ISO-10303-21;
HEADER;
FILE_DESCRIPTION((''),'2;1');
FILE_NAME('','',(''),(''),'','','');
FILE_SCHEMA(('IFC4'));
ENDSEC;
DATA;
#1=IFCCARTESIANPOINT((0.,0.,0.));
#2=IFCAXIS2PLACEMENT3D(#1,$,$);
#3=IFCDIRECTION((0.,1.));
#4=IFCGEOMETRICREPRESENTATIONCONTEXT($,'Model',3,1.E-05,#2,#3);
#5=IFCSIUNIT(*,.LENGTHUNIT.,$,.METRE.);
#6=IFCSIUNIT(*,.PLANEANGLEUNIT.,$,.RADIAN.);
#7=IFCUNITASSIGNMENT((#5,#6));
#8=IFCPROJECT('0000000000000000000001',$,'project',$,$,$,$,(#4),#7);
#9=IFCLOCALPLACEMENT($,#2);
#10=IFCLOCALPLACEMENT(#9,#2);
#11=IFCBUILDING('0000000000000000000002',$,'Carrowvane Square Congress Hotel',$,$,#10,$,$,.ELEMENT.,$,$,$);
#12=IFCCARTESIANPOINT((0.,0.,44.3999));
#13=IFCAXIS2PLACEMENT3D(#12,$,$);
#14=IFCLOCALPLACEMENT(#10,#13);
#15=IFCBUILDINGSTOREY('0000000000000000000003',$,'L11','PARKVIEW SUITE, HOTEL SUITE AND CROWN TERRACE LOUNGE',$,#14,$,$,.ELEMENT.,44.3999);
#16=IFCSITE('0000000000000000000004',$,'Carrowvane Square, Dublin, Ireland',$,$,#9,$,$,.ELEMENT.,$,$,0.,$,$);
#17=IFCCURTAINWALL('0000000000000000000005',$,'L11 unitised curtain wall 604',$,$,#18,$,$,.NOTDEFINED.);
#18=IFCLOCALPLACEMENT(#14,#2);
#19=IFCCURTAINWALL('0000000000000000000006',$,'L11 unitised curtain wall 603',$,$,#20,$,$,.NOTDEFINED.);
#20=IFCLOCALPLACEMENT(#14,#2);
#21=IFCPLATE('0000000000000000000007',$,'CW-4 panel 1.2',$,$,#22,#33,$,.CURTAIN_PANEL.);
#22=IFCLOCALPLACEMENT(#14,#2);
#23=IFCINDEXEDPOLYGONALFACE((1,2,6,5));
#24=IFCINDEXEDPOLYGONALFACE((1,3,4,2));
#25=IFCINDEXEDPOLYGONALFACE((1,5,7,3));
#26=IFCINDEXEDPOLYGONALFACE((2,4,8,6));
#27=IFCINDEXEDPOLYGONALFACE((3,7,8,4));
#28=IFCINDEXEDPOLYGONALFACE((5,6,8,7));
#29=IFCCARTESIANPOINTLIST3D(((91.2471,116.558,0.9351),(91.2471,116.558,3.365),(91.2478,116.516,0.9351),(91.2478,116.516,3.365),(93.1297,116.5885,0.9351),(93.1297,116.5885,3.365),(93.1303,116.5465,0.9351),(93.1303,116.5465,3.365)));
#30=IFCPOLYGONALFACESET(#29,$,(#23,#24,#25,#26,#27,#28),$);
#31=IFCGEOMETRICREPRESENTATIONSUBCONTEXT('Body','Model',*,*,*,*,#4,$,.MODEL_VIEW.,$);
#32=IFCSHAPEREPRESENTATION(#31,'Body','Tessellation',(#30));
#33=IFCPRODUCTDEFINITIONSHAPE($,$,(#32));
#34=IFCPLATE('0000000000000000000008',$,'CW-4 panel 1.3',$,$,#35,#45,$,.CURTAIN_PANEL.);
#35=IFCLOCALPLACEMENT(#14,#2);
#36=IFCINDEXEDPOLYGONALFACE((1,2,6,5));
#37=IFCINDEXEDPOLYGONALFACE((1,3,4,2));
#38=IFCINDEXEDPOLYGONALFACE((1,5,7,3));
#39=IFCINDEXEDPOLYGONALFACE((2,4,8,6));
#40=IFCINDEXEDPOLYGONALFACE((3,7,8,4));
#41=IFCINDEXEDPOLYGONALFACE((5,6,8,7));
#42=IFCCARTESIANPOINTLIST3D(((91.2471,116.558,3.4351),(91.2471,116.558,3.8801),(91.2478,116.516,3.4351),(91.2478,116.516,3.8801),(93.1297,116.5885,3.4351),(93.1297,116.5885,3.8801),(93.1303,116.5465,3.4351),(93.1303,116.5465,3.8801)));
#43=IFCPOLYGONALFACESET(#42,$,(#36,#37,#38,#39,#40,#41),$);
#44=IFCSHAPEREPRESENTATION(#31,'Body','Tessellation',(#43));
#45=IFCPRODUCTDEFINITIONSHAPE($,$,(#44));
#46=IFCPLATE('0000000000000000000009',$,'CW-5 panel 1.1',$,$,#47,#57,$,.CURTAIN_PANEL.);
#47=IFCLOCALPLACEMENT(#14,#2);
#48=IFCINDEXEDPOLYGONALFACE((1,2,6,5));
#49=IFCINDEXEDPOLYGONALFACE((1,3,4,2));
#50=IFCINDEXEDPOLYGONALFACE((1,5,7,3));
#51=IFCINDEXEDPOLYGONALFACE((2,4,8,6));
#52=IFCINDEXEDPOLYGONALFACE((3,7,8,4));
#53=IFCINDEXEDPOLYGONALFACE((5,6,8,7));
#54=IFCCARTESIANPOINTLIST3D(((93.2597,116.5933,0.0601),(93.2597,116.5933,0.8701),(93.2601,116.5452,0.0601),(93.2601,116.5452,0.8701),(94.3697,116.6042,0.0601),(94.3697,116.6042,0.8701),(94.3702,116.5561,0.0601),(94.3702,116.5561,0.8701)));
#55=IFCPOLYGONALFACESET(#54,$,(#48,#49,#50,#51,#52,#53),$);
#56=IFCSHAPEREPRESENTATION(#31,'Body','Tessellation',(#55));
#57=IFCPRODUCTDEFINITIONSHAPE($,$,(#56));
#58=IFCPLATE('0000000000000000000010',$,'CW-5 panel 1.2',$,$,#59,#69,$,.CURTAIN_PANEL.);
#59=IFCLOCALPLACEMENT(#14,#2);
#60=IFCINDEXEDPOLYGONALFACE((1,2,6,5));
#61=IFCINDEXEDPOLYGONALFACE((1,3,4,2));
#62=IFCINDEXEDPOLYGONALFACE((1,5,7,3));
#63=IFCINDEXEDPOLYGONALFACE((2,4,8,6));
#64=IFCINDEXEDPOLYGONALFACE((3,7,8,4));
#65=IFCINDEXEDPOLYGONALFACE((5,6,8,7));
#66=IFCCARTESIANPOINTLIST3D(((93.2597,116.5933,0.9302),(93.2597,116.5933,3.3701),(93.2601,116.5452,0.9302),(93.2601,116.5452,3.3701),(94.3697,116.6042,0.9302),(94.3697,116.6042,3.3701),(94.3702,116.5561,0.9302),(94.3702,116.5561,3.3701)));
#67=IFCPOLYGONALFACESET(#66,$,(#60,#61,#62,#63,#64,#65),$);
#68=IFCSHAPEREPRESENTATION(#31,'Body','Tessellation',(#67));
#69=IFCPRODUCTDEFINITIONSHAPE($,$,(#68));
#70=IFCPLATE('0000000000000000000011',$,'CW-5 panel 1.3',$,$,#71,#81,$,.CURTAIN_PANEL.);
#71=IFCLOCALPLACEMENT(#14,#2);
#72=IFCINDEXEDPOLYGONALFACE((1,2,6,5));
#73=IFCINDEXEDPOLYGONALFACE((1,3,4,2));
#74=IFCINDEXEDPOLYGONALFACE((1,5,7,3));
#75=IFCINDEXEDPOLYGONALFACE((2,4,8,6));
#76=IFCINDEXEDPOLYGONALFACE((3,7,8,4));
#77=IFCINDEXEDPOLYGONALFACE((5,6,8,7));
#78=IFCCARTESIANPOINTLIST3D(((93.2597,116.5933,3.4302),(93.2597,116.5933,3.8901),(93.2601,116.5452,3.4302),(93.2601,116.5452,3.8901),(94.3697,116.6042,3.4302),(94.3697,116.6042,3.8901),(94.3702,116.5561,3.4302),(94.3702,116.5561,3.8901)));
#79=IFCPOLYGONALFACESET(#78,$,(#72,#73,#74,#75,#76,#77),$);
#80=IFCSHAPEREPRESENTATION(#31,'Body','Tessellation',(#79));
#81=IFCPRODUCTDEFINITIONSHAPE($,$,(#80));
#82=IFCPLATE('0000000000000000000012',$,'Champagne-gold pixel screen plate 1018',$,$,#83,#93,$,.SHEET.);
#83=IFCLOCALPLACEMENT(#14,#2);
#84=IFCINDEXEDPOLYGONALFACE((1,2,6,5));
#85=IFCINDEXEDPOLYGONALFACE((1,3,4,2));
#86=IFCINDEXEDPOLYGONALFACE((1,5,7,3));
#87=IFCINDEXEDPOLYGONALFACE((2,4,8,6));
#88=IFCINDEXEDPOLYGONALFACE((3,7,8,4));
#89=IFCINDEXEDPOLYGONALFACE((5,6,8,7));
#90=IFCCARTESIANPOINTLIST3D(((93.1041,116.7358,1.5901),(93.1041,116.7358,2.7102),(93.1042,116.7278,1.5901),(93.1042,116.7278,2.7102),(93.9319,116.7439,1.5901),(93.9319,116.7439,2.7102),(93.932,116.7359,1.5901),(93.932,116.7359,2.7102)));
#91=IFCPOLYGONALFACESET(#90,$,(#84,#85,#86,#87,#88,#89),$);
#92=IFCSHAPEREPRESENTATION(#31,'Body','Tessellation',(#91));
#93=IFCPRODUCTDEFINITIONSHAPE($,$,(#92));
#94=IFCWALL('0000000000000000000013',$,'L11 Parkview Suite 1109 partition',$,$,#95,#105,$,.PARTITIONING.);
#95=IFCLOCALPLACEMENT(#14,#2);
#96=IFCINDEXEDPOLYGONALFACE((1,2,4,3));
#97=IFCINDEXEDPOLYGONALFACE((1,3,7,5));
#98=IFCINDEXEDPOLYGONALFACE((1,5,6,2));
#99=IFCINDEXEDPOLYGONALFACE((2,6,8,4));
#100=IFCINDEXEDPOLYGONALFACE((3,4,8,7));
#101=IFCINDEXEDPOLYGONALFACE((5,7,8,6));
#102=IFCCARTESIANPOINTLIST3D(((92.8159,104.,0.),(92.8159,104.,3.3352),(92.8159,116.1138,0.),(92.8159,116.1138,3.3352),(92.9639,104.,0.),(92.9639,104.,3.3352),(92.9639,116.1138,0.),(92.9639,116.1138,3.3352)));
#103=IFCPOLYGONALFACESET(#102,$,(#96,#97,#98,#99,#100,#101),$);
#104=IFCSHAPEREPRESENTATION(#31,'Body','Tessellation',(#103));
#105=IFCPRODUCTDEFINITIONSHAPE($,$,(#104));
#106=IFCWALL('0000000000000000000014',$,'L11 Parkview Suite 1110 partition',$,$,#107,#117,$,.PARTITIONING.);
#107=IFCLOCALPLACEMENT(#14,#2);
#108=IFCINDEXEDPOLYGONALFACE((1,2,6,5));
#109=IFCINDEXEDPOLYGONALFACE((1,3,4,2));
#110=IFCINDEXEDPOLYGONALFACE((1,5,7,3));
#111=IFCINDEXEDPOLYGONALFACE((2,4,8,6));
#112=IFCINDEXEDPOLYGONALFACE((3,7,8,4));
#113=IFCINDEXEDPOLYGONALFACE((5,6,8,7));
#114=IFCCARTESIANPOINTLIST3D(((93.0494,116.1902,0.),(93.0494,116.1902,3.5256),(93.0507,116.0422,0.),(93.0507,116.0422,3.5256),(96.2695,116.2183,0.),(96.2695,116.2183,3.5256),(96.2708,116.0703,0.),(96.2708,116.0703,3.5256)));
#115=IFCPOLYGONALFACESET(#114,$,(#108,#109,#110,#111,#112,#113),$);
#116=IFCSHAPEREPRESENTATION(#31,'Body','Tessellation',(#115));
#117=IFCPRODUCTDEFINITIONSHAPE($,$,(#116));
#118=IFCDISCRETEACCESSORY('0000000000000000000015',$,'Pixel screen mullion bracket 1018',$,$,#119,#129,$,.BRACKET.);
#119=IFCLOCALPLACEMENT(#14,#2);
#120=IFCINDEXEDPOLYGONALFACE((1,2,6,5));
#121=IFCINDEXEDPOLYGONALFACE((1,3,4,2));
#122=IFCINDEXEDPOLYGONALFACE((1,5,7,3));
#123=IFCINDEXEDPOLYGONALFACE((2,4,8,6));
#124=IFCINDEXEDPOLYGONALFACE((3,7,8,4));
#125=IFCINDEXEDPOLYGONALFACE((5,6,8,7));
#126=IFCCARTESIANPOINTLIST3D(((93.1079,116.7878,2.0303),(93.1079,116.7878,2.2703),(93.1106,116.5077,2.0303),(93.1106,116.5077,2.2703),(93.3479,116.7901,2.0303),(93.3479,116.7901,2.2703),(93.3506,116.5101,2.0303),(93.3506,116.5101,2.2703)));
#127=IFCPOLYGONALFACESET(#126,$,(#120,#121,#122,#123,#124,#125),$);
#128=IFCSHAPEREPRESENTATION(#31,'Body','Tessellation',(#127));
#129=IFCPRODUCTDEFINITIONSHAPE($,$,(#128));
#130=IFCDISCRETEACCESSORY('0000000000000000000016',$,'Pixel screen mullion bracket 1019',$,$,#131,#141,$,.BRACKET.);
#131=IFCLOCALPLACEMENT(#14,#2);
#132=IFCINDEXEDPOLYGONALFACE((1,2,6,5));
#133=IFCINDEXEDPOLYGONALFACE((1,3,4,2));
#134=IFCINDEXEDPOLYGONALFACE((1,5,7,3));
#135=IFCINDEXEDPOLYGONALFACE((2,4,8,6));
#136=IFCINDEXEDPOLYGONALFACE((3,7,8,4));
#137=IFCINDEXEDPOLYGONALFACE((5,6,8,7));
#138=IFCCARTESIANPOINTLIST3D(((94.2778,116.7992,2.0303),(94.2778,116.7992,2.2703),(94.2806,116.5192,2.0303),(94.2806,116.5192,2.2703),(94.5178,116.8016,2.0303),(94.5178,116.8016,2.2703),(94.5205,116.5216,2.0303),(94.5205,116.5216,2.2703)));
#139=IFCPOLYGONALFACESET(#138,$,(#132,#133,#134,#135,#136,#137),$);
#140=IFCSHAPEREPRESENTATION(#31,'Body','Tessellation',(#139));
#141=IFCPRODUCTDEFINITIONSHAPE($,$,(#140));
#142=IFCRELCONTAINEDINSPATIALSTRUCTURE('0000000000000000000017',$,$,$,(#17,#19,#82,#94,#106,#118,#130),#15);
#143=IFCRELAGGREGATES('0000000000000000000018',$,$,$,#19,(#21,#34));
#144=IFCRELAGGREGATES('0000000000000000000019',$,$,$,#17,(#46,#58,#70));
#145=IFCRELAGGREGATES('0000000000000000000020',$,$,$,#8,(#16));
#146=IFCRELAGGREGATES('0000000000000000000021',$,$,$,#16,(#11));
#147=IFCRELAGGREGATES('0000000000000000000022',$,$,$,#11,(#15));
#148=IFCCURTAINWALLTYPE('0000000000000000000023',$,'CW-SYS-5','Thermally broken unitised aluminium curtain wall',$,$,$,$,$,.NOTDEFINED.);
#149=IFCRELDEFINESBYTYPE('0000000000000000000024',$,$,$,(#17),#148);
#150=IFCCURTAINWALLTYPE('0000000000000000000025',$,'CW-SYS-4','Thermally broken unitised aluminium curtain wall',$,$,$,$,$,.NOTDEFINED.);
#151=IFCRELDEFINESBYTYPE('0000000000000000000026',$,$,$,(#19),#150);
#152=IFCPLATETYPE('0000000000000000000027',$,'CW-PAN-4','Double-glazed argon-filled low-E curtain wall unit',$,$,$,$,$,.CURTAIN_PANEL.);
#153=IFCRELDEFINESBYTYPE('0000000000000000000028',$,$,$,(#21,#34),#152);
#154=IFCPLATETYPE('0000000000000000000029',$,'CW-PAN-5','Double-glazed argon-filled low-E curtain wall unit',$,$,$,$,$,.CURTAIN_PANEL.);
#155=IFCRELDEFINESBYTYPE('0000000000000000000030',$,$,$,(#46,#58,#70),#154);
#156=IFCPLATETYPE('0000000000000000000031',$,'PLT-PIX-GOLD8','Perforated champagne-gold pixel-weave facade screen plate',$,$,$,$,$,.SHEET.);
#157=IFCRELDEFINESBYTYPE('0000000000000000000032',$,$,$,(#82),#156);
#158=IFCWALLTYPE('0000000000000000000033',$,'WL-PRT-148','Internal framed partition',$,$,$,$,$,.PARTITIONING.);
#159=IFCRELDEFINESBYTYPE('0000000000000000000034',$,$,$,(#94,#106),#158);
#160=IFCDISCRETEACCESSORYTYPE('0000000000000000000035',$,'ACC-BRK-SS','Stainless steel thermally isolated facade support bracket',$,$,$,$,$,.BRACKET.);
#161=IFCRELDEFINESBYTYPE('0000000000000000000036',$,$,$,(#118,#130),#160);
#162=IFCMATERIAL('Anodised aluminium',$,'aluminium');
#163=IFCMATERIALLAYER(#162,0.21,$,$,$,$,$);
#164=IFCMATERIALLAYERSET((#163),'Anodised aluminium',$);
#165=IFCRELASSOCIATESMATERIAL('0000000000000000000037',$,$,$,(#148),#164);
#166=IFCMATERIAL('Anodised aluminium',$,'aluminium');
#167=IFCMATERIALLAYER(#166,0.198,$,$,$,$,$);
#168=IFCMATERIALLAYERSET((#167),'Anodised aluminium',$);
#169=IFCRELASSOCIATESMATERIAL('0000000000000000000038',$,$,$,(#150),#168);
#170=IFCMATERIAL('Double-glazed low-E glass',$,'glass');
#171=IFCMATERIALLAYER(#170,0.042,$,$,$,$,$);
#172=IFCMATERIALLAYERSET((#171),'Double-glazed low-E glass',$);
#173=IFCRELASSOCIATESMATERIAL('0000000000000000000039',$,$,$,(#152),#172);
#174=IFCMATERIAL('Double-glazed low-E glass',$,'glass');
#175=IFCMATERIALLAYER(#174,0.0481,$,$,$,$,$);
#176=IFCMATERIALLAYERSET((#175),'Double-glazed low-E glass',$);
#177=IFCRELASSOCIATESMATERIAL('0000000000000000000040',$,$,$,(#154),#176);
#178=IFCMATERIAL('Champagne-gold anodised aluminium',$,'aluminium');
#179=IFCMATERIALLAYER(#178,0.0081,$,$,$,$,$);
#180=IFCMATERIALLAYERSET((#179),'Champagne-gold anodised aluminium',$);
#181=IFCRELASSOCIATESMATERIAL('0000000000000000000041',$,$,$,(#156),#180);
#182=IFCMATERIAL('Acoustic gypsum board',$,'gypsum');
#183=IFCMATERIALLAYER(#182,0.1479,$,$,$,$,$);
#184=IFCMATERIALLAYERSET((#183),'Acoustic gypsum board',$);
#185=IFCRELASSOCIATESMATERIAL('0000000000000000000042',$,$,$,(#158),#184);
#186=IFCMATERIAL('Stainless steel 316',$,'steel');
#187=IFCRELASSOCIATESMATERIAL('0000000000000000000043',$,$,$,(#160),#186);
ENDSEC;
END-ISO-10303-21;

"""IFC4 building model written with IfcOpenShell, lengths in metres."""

from ifc_helpers import new_model, si_unit, direction, frame, frame_2d, origin, origin_2d, place, context, subcontext, project, spatial, rectangle, extrude, material, layer, layer_set, type_object, element, aggregate, save


model = new_model("IFC4")

# Units and contexts
model_context = context("Model", 3, precision=1e-05, world=origin(), true_north=direction((0.0, 1.0)))
body_context = subcontext(model_context, "Body", "Model", "MODEL_VIEW")
ifc_project = project(units=[si_unit("LENGTHUNIT", "METRE"), si_unit("PLANEANGLEUNIT", "RADIAN")], contexts=[model_context])

# Site, building, storey
site_placement = place(None, origin())
site = spatial("IfcSite", under=ifc_project, at=site_placement, Name="Carrowvane Square, Dublin, Ireland", CompositionType="ELEMENT", RefElevation=0.0)
building_placement = place(site_placement, origin())
building = spatial("IfcBuilding", under=site, at=building_placement, Name="Carrowvane Square Congress Hotel", CompositionType="ELEMENT")
storey_placement = place(building_placement, frame((0.0, 0.0, 44.3999)))
storey = spatial("IfcBuildingStorey", under=building, at=storey_placement, Name="L11", Description="PARKVIEW SUITE, HOTEL SUITE AND CROWN TERRACE LOUNGE", CompositionType="ELEMENT", Elevation=44.3999)

# Curtain wall
ifc_material_1 = material(Name="Anodised aluminium", Category="aluminium")
ifc_layer_1 = layer(ifc_material_1, 0.21)
ifc_layer_set_1 = layer_set([ifc_layer_1], Name="Anodised aluminium")
curtain_wall_type_1 = type_object("IfcCurtainWallType", Name="CW-SYS-5", Description="Thermally broken unitised aluminium curtain wall", PredefinedType="NOTDEFINED", material=ifc_layer_set_1)
curtain_wall_1_placement = place(storey_placement, origin())
curtain_wall_1 = element("IfcCurtainWall", 1, at=curtain_wall_1_placement, inside=storey, type_object=curtain_wall_type_1, Name="L11 unitised curtain wall 604", PredefinedType="NOTDEFINED")

# Curtain wall
ifc_material_2 = material(Name="Anodised aluminium", Category="aluminium")
ifc_layer_2 = layer(ifc_material_2, 0.198)
ifc_layer_set_2 = layer_set([ifc_layer_2], Name="Anodised aluminium")
curtain_wall_type_2 = type_object("IfcCurtainWallType", Name="CW-SYS-4", Description="Thermally broken unitised aluminium curtain wall", PredefinedType="NOTDEFINED", material=ifc_layer_set_2)
curtain_wall_2_placement = place(storey_placement, origin())
curtain_wall_2 = element("IfcCurtainWall", 2, at=curtain_wall_2_placement, inside=storey, type_object=curtain_wall_type_2, Name="L11 unitised curtain wall 603", PredefinedType="NOTDEFINED")

# Plates
ifc_material_3 = material(Name="Double-glazed low-E glass", Category="glass")
ifc_layer_3 = layer(ifc_material_3, 0.042)
ifc_layer_set_3 = layer_set([ifc_layer_3], Name="Double-glazed low-E glass")
plate_type_1 = type_object("IfcPlateType", Name="CW-PAN-4", Description="Double-glazed argon-filled low-E curtain wall unit", PredefinedType="CURTAIN_PANEL", material=ifc_layer_set_3)
plate_1_placement = place(storey_placement, frame((92.1887, 116.5522, 0.9351), z_axis=(0.0, 0.0, 1.0), x_axis=(0.999869, 0.016216, 0.0)))
plate_1 = element("IfcPlate", 3, at=plate_1_placement, type_object=plate_type_1, Name="CW-4 panel 1.2", PredefinedType="CURTAIN_PANEL", context=body_context, shape_type="SweptSolid", body=[
    extrude(rectangle(XDim=1.8828, YDim=0.042, at=origin_2d()), origin(), (0.0, 0.0, 1.0), 2.4299),
])
plate_2_placement = place(storey_placement, frame((92.1887, 116.5522, 3.4351), z_axis=(0.0, 0.0, 1.0), x_axis=(0.999869, 0.016216, 0.0)))
plate_2 = element("IfcPlate", 4, at=plate_2_placement, type_object=plate_type_1, Name="CW-4 panel 1.3", PredefinedType="CURTAIN_PANEL", context=body_context, shape_type="SweptSolid", body=[
    extrude(rectangle(XDim=1.8828, YDim=0.042, at=origin_2d()), origin(), (0.0, 0.0, 1.0), 0.4451),
])
aggregate(curtain_wall_2, [plate_1, plate_2])
ifc_material_4 = material(Name="Double-glazed low-E glass", Category="glass")
ifc_layer_4 = layer(ifc_material_4, 0.0481)
ifc_layer_set_4 = layer_set([ifc_layer_4], Name="Double-glazed low-E glass")
plate_type_2 = type_object("IfcPlateType", Name="CW-PAN-5", Description="Double-glazed argon-filled low-E curtain wall unit", PredefinedType="CURTAIN_PANEL", material=ifc_layer_set_4)
plate_3_placement = place(storey_placement, frame((93.8149, 116.5747, 0.0601), z_axis=(0.0, 0.0, 1.0), x_axis=(0.999952, 0.009783, 0.0)))
plate_3 = element("IfcPlate", 5, at=plate_3_placement, type_object=plate_type_2, Name="CW-5 panel 1.1", PredefinedType="CURTAIN_PANEL", context=body_context, shape_type="SweptSolid", body=[
    extrude(rectangle(XDim=1.1101, YDim=0.0481, at=origin_2d()), origin(), (0.0, 0.0, 1.0), 0.8101),
])
plate_4_placement = place(storey_placement, frame((93.8149, 116.5747, 0.9302), z_axis=(0.0, 0.0, 1.0), x_axis=(0.999952, 0.009783, 0.0)))
plate_4 = element("IfcPlate", 6, at=plate_4_placement, type_object=plate_type_2, Name="CW-5 panel 1.2", PredefinedType="CURTAIN_PANEL", context=body_context, shape_type="SweptSolid", body=[
    extrude(rectangle(XDim=1.1101, YDim=0.0481, at=origin_2d()), origin(), (0.0, 0.0, 1.0), 2.4399),
])
plate_5_placement = place(storey_placement, frame((93.8149, 116.5747, 3.4302), z_axis=(0.0, 0.0, 1.0), x_axis=(0.999952, 0.009783, 0.0)))
plate_5 = element("IfcPlate", 7, at=plate_5_placement, type_object=plate_type_2, Name="CW-5 panel 1.3", PredefinedType="CURTAIN_PANEL", context=body_context, shape_type="SweptSolid", body=[
    extrude(rectangle(XDim=1.1101, YDim=0.0481, at=origin_2d()), origin(), (0.0, 0.0, 1.0), 0.46),
])
aggregate(curtain_wall_1, [plate_3, plate_4, plate_5])
ifc_material_5 = material(Name="Champagne-gold anodised aluminium", Category="aluminium")
ifc_layer_5 = layer(ifc_material_5, 0.0081)
ifc_layer_set_5 = layer_set([ifc_layer_5], Name="Champagne-gold anodised aluminium")
plate_type_3 = type_object("IfcPlateType", Name="PLT-PIX-GOLD8", Description="Perforated champagne-gold pixel-weave facade screen plate", PredefinedType="SHEET", material=ifc_layer_set_5)
plate_6_placement = place(storey_placement, frame((93.5181, 116.7358, 1.5901), z_axis=(0.0, 0.0, 1.0), x_axis=(0.999952, 0.009782, 0.0)))
element("IfcPlate", 8, at=plate_6_placement, inside=storey, type_object=plate_type_3, Name="Champagne-gold pixel screen plate 1018", PredefinedType="SHEET", context=body_context, shape_type="SweptSolid", body=[
    extrude(rectangle(XDim=0.8279, YDim=0.0081, at=origin_2d()), origin(), (0.0, 0.0, 1.0), 1.1201),
])

# Walls
ifc_material_6 = material(Name="Acoustic gypsum board", Category="gypsum")
ifc_layer_6 = layer(ifc_material_6, 0.1479)
ifc_layer_set_6 = layer_set([ifc_layer_6], Name="Acoustic gypsum board")
wall_type = type_object("IfcWallType", Name="WL-PRT-148", Description="Internal framed partition", PredefinedType="PARTITIONING", material=ifc_layer_set_6)
wall_1_placement = place(storey_placement, frame((92.8899, 116.1138, 0.0), z_axis=(0.0, 0.0, 1.0), x_axis=(0.0, -1.0, 0.0)))
element("IfcWall", 9, at=wall_1_placement, inside=storey, type_object=wall_type, Name="L11 Parkview Suite 1109 partition", PredefinedType="PARTITIONING", context=body_context, shape_type="SweptSolid", body=[
    extrude(rectangle(XDim=12.1138, YDim=0.1479, at=frame_2d((6.0569, 0.0))), origin(), (0.0, 0.0, 1.0), 3.3352),
])
wall_2_placement = place(storey_placement, frame((93.05, 116.1162, 0.0), z_axis=(0.0, 0.0, 1.0), x_axis=(0.999962, 0.008719, 0.0)))
element("IfcWall", 10, at=wall_2_placement, inside=storey, type_object=wall_type, Name="L11 Parkview Suite 1110 partition", PredefinedType="PARTITIONING", context=body_context, shape_type="SweptSolid", body=[
    extrude(rectangle(XDim=3.2202, YDim=0.1479, at=frame_2d((1.6101, 0.0))), origin(), (0.0, 0.0, 1.0), 3.5256),
])

# Discrete accessories
ifc_material_7 = material(Name="Stainless steel 316", Category="steel")
discrete_accessory_type = type_object("IfcDiscreteAccessoryType", Name="ACC-BRK-SS", Description="Stainless steel thermally isolated facade support bracket", PredefinedType="BRACKET", material=ifc_material_7)
for number, where, z_axis, x_axis, name in (
    (11, (93.2292, 116.6489, 2.0303), (0.0, 0.0, 1.0), (0.999952, 0.009782, 0.0), "Pixel screen mullion bracket 1018"),
    (12, (94.3992, 116.6604, 2.0303), (0.0, 0.0, 1.0), (0.999952, 0.009782, 0.0), "Pixel screen mullion bracket 1019"),
):
    element("IfcDiscreteAccessory", number, at=place(storey_placement, frame(where, z_axis=z_axis, x_axis=x_axis)), inside=storey, type_object=discrete_accessory_type, Name=name, PredefinedType="BRACKET", context=body_context, shape_type="SweptSolid", body=[
        extrude(rectangle(XDim=0.24, YDim=0.28, at=origin_2d()), origin(), (0.0, 0.0, 1.0), 0.24),
    ])

save(model, "model.ifc")
